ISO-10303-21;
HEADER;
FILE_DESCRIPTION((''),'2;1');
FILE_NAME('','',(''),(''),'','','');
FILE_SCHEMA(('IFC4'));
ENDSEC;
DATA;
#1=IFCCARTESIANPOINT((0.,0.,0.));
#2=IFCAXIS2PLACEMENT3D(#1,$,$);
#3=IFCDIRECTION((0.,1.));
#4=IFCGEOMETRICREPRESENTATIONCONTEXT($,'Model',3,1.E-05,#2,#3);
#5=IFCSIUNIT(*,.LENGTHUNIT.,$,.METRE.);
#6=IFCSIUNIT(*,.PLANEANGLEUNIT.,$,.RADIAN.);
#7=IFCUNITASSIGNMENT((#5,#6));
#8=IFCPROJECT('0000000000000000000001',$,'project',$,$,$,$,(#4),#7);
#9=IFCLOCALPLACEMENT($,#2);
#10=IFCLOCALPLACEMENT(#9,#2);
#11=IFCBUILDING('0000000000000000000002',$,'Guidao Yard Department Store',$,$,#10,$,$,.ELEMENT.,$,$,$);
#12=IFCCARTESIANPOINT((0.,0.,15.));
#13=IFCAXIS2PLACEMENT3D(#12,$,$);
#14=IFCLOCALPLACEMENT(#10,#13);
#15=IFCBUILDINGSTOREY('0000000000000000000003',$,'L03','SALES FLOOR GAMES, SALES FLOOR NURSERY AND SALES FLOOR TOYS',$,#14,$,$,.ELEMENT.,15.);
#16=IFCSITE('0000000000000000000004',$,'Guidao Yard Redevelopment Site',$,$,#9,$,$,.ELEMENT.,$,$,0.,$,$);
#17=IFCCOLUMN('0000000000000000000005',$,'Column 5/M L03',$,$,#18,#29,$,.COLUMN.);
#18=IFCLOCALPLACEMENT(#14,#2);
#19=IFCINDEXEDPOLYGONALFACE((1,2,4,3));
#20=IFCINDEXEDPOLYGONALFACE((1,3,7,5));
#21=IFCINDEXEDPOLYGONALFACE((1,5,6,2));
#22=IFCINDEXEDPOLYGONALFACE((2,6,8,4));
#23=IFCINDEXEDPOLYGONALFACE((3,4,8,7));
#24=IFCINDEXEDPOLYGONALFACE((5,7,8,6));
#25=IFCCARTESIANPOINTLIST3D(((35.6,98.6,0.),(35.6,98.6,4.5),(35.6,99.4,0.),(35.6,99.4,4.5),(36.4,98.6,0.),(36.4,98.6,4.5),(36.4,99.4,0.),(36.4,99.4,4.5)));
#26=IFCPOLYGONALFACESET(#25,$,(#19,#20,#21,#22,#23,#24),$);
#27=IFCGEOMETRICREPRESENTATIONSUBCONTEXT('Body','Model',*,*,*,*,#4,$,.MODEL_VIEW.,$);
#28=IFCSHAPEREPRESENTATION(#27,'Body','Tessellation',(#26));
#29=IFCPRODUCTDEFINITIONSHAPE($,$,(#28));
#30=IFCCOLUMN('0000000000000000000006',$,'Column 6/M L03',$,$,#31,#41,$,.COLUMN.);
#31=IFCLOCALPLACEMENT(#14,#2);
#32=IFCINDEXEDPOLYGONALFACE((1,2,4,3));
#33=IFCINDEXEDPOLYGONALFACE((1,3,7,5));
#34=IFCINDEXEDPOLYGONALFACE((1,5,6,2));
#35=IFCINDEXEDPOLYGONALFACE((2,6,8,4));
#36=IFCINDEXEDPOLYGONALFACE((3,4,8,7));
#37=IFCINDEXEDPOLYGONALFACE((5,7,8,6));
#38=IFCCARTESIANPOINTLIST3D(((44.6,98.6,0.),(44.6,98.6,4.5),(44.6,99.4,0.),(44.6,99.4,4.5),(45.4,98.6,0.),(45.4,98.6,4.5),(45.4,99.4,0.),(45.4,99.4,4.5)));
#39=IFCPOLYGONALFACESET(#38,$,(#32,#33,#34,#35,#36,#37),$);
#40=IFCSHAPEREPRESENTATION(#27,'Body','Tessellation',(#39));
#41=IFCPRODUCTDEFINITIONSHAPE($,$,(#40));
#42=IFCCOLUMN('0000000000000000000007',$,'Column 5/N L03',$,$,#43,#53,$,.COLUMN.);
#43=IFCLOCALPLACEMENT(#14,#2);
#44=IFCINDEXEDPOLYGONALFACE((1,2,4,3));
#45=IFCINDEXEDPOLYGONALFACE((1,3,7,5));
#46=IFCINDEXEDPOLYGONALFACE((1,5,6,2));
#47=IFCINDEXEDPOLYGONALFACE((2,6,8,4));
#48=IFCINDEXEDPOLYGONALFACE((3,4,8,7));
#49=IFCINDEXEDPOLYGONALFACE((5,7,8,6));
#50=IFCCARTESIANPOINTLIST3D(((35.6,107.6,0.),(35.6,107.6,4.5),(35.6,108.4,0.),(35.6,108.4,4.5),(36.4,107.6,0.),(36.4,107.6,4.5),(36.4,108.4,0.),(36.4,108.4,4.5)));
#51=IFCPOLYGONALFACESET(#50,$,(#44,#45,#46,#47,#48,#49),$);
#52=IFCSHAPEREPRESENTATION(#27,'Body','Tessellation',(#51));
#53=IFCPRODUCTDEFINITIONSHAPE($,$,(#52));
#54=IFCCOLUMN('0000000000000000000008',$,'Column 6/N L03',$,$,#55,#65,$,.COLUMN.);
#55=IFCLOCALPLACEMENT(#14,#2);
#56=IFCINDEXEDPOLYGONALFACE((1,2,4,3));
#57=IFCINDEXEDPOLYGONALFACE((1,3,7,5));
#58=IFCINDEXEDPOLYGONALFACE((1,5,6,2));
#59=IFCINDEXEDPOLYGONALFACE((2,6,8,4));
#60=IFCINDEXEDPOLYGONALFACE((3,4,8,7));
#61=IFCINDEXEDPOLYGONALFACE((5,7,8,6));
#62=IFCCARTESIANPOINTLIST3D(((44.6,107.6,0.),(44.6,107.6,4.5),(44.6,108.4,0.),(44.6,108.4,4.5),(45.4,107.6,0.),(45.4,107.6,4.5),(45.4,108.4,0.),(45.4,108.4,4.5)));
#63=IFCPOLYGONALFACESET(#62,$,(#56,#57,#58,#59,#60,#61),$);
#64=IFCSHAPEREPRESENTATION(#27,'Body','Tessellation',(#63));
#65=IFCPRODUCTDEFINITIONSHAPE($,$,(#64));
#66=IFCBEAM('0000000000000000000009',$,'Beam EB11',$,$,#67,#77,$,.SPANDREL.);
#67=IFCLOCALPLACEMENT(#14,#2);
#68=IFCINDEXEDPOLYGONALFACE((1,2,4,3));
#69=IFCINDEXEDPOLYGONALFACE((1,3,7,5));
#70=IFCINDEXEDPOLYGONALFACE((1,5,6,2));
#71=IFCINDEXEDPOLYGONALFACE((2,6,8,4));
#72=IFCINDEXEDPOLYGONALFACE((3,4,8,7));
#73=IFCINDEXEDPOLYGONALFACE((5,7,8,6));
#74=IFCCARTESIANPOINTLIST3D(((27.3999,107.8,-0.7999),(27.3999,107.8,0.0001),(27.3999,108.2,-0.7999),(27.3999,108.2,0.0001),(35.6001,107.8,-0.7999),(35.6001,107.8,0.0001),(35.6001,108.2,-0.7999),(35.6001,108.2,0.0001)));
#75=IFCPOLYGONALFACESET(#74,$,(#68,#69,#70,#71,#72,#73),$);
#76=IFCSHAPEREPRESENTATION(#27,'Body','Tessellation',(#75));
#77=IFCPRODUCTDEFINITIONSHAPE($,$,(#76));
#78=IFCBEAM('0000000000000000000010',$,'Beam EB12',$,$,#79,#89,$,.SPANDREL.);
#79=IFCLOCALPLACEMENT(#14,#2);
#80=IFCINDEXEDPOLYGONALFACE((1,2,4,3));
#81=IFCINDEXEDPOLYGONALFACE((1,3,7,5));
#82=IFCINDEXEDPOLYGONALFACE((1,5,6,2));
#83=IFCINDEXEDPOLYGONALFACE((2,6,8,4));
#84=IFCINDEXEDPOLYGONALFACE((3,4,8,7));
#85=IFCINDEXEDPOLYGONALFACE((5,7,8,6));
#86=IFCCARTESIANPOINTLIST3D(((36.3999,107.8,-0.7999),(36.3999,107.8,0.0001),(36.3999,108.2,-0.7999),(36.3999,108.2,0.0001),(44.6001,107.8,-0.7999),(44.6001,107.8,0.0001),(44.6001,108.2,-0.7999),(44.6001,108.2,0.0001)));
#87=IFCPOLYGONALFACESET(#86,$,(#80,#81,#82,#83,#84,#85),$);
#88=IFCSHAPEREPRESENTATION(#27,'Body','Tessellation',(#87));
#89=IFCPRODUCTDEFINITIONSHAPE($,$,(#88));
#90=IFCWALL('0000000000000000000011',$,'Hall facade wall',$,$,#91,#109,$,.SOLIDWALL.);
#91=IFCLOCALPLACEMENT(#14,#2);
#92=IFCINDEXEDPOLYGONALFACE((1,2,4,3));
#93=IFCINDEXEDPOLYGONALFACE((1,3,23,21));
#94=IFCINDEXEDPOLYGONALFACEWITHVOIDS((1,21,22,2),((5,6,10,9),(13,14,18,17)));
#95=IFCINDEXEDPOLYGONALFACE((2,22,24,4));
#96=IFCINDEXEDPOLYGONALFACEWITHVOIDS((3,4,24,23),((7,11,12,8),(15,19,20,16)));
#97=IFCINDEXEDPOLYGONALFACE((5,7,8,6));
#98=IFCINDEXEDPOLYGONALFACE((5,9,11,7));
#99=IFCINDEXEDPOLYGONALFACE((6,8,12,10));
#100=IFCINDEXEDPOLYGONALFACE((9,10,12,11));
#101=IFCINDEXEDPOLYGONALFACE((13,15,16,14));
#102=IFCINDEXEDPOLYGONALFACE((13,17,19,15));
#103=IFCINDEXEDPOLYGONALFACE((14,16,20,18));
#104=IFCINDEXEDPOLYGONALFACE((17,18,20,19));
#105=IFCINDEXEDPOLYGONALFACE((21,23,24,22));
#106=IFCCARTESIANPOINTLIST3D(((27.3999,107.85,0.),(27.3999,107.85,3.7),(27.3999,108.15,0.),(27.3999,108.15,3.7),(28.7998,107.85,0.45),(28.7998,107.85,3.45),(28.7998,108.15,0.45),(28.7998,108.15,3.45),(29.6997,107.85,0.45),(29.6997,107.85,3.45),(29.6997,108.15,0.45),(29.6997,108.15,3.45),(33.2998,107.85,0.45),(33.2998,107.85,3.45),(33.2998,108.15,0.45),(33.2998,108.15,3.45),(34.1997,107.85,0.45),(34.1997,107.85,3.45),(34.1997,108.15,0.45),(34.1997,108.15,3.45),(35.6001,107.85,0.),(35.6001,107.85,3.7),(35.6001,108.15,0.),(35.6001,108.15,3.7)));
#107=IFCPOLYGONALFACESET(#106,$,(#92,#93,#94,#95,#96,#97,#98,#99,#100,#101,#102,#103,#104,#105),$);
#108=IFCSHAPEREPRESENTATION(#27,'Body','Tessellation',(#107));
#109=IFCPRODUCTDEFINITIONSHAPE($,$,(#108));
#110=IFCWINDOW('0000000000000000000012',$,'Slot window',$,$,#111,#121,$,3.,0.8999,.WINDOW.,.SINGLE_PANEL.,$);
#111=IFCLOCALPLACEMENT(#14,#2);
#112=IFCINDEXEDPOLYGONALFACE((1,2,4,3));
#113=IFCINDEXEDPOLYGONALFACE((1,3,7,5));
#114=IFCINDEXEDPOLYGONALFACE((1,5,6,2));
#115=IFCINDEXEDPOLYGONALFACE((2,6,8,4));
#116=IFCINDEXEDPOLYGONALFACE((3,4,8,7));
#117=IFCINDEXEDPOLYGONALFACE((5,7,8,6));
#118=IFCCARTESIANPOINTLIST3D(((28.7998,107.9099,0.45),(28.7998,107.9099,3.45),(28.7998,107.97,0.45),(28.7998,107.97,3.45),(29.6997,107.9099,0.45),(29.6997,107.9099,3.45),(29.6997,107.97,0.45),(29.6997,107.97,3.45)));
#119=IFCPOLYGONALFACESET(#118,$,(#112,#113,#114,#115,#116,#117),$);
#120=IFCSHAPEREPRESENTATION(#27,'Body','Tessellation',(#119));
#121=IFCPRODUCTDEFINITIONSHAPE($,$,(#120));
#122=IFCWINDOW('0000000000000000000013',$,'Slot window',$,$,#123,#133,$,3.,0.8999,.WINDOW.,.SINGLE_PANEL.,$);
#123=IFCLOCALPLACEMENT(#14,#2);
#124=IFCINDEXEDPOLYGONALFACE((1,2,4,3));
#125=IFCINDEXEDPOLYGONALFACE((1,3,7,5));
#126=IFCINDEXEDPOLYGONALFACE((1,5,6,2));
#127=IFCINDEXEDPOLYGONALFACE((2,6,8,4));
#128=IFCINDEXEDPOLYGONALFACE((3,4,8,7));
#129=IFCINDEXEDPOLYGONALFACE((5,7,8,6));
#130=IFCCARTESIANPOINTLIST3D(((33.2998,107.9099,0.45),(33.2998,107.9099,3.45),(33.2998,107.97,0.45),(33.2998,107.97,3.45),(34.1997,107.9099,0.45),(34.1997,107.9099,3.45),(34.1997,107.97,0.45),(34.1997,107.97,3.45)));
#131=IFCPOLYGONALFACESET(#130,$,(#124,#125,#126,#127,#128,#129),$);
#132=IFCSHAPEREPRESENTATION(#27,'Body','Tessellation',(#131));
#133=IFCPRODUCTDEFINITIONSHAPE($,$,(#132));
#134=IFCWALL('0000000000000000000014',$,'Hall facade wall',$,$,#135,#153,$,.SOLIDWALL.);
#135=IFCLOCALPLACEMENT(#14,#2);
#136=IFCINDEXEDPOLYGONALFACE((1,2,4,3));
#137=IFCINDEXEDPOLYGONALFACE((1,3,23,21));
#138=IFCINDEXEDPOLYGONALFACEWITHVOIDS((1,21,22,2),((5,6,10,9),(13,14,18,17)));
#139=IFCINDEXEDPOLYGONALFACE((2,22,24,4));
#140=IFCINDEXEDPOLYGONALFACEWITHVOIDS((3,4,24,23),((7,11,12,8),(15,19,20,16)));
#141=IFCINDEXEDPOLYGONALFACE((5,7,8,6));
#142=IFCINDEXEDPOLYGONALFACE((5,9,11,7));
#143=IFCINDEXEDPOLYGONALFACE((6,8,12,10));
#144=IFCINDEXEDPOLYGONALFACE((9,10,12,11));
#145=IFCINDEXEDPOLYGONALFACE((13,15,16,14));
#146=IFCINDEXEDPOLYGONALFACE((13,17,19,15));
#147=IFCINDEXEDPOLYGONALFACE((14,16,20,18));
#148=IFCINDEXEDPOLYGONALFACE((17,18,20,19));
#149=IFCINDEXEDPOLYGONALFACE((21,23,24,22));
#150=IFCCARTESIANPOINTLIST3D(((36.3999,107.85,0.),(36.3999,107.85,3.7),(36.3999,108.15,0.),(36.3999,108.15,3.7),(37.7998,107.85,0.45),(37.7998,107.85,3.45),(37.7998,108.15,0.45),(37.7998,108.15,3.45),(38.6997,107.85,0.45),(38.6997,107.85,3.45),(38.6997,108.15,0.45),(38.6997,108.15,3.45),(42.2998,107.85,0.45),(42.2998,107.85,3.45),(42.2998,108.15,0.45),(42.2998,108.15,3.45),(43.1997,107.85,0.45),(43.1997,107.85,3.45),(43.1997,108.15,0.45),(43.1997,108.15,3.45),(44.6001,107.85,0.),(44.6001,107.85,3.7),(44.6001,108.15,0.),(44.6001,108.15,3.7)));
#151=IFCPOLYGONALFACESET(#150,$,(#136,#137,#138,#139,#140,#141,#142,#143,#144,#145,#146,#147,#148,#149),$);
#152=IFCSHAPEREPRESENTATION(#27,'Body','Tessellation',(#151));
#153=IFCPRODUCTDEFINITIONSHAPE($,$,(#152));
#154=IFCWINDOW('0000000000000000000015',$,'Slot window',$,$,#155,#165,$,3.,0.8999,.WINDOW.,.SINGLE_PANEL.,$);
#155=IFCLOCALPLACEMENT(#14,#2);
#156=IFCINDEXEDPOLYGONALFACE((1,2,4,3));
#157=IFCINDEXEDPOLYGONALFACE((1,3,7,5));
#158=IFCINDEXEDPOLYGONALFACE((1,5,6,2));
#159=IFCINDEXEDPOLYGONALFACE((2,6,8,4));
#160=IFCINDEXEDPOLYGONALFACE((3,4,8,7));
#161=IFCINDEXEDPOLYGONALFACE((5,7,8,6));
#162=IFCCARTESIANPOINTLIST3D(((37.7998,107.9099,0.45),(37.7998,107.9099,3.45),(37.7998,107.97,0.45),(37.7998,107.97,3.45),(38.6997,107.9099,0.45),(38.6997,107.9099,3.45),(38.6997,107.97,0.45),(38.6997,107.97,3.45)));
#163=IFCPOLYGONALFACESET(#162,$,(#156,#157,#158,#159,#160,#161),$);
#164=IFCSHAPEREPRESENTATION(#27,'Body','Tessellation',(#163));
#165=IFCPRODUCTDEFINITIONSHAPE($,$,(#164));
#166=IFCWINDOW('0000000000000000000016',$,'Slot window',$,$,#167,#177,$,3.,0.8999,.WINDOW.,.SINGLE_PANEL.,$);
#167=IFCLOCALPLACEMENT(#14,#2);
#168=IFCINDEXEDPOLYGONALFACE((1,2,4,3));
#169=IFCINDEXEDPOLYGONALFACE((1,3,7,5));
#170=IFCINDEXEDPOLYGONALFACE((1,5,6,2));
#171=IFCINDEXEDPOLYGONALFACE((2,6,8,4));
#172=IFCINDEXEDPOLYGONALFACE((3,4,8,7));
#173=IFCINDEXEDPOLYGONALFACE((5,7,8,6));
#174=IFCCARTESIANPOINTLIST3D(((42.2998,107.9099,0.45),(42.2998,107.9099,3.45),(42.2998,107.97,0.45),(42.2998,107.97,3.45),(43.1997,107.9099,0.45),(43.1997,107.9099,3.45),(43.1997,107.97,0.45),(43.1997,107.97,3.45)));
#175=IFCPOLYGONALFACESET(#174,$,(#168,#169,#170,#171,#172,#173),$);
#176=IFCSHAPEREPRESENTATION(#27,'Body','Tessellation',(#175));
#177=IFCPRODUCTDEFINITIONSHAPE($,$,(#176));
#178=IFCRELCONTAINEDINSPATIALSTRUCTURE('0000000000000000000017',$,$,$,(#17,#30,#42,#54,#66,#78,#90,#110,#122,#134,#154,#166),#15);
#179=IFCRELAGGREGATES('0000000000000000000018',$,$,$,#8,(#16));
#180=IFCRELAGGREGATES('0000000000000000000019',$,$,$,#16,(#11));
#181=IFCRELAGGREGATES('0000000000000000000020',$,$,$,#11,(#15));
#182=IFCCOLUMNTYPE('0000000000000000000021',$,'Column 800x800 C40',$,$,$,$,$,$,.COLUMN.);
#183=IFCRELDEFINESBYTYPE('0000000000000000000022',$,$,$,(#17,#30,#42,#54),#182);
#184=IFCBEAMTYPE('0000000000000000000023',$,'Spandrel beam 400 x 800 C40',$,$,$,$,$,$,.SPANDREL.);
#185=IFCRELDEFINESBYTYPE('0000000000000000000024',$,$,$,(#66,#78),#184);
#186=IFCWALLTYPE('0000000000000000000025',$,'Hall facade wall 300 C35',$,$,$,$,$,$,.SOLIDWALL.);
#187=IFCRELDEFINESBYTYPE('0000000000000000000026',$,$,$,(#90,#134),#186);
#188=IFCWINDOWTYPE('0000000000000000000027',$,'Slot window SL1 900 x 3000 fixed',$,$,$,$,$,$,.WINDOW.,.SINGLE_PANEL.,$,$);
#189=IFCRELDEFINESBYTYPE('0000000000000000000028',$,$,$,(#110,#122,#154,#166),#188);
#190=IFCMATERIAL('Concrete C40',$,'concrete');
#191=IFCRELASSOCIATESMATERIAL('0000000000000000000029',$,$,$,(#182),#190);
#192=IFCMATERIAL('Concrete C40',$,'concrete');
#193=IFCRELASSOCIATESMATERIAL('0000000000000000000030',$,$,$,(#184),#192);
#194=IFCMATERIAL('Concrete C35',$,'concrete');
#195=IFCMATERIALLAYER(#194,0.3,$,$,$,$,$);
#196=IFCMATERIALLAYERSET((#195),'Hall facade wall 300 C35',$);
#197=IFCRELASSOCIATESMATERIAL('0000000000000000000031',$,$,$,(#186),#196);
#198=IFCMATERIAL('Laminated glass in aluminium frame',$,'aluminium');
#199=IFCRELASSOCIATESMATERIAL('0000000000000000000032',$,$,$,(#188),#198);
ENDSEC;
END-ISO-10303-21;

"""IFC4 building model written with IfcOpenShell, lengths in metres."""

from ifc_helpers import new_model, si_unit, direction, frame, frame_2d, origin, origin_2d, place, context, subcontext, project, spatial, rectangle, extrude, material, layer, layer_set, material_profile, profile_set, type_object, element, fill, save


model = new_model("IFC4")

# Units and contexts
model_context = context("Model", 3, precision=1e-05, world=origin(), true_north=direction((0.0, 1.0)))
body_context = subcontext(model_context, "Body", "Model", "MODEL_VIEW")
ifc_project = project(units=[si_unit("LENGTHUNIT", "METRE"), si_unit("PLANEANGLEUNIT", "RADIAN")], contexts=[model_context])

# Site, building, storey
site_placement = place(None, origin())
site = spatial("IfcSite", under=ifc_project, at=site_placement, Name="Guidao Yard Redevelopment Site", CompositionType="ELEMENT", RefElevation=0.0)
building_placement = place(site_placement, origin())
building = spatial("IfcBuilding", under=site, at=building_placement, Name="Guidao Yard Department Store", CompositionType="ELEMENT")
storey_placement = place(building_placement, frame((0.0, 0.0, 15.0)))
storey = spatial("IfcBuildingStorey", under=building, at=storey_placement, Name="L03", Description="SALES FLOOR GAMES, SALES FLOOR NURSERY AND SALES FLOOR TOYS", CompositionType="ELEMENT", Elevation=15.0)

# Columns
ifc_material_1 = material(Name="Concrete C40", Category="concrete")
ifc_material_profile_1 = material_profile(ifc_material_1, rectangle(XDim=0.8, YDim=0.8, at=origin_2d()), Name="COL 800x800")
ifc_profile_set_1 = profile_set([ifc_material_profile_1], Name="Concrete C40")
column_type = type_object("IfcColumnType", Name="Column 800x800 C40", PredefinedType="COLUMN", material=ifc_profile_set_1)
for number, where, z_axis, x_axis, name in (
    (1, (36.0, 99.0, 0.0), (0.0, 0.0, 1.0), (1.0, 0.0, 0.0), "Column 5/M L03"),
    (2, (45.0, 99.0, 0.0), (0.0, 0.0, 1.0), (1.0, 0.0, 0.0), "Column 6/M L03"),
    (3, (36.0, 108.0, 0.0), (0.0, 0.0, 1.0), (1.0, 0.0, 0.0), "Column 5/N L03"),
    (4, (45.0, 108.0, 0.0), (0.0, 0.0, 1.0), (1.0, 0.0, 0.0), "Column 6/N L03"),
):
    element("IfcColumn", number, at=place(storey_placement, frame(where, z_axis=z_axis, x_axis=x_axis)), inside=storey, type_object=column_type, Name=name, PredefinedType="COLUMN", context=body_context, shape_type="SweptSolid", body=[
        extrude(rectangle(XDim=0.8, YDim=0.8, at=origin_2d()), origin(), (0.0, 0.0, 1.0), 4.5),
    ])

# Beams
ifc_material_2 = material(Name="Concrete C40", Category="concrete")
ifc_material_profile_2 = material_profile(ifc_material_2, rectangle(XDim=0.3999, YDim=0.8, at=origin_2d()), Name="Spandrel beam 400 x 800 C40")
ifc_profile_set_2 = profile_set([ifc_material_profile_2], Name="Concrete C40")
beam_type = type_object("IfcBeamType", Name="Spandrel beam 400 x 800 C40", PredefinedType="SPANDREL", material=ifc_profile_set_2)
for number, where, z_axis, x_axis, name in (
    (5, (27.3999, 108.0, -0.3999), (1.0, 0.0, 0.0), (0.0, 1.0, 0.0), "Beam EB11"),
    (6, (36.3999, 108.0, -0.3999), (1.0, 0.0, 0.0), (0.0, 1.0, 0.0), "Beam EB12"),
):
    element("IfcBeam", number, at=place(storey_placement, frame(where, z_axis=z_axis, x_axis=x_axis)), inside=storey, type_object=beam_type, Name=name, PredefinedType="SPANDREL", context=body_context, shape_type="SweptSolid", body=[
        extrude(rectangle(XDim=0.3999, YDim=0.8, at=origin_2d()), origin(), (0.0, 0.0, 1.0), 8.2002),
    ])

# Walls, openings, windows
ifc_material_3 = material(Name="Concrete C35", Category="concrete")
ifc_layer_1 = layer(ifc_material_3, 0.3)
ifc_layer_set_1 = layer_set([ifc_layer_1], Name="Hall facade wall 300 C35")
wall_type_1 = type_object("IfcWallType", Name="Hall facade wall 300 C35", PredefinedType="SOLIDWALL", material=ifc_layer_set_1)
wall_1_placement = place(storey_placement, frame((27.3999, 108.0, 0.0), z_axis=(0.0, 0.0, 1.0), x_axis=(1.0, 0.0, 0.0)))
wall_1 = element("IfcWall", 7, at=wall_1_placement, inside=storey, type_object=wall_type_1, Name="Hall facade wall", PredefinedType="SOLIDWALL", context=body_context, shape_type="SweptSolid", body=[
    extrude(rectangle(XDim=8.2002, YDim=0.3, at=frame_2d((4.1001, 0.0))), origin(), (0.0, 0.0, 1.0), 3.7),
])
opening_1_placement = place(wall_1_placement, frame((1.3999, 0.0, 0.45)))
opening_1 = element("IfcOpeningElement", 8, at=opening_1_placement, cuts=wall_1, PredefinedType="OPENING", context=body_context, shape_type="SweptSolid", body=[
    extrude(rectangle(XDim=0.8999, YDim=3.0, at=frame_2d((0.45, 1.5))), frame((0.0, 0.1599, 0.0), z_axis=(0.0, -1.0, 0.0), x_axis=(1.0, 0.0, 0.0)), (0.0, 0.0, 1.0), 0.3201),
])
opening_2_placement = place(wall_1_placement, frame((5.8999, 0.0, 0.45)))
opening_2 = element("IfcOpeningElement", 9, at=opening_2_placement, cuts=wall_1, PredefinedType="OPENING", context=body_context, shape_type="SweptSolid", body=[
    extrude(rectangle(XDim=0.8999, YDim=3.0, at=frame_2d((0.45, 1.5))), frame((0.0, 0.1599, 0.0), z_axis=(0.0, -1.0, 0.0), x_axis=(1.0, 0.0, 0.0)), (0.0, 0.0, 1.0), 0.3201),
])
ifc_material_4 = material(Name="Laminated glass in aluminium frame", Category="aluminium")
window_type = type_object("IfcWindowType", Name="Slot window SL1 900 x 3000 fixed", PartitioningType="SINGLE_PANEL", PredefinedType="WINDOW", material=ifc_material_4)
window_1_placement = place(opening_1_placement, origin())
window_1 = element("IfcWindow", 10, at=window_1_placement, inside=storey, type_object=window_type, Name="Slot window", OverallHeight=3.0, OverallWidth=0.8999, PartitioningType="SINGLE_PANEL", PredefinedType="WINDOW", context=body_context, shape_type="SweptSolid", body=[
    extrude(rectangle(XDim=0.8999, YDim=3.0, at=frame_2d((0.45, 1.5))), frame((0.0, -0.03, 0.0), z_axis=(0.0, -1.0, 0.0), x_axis=(1.0, 0.0, 0.0)), (0.0, 0.0, 1.0), 0.0601),
])
fill(opening_1, window_1)
window_2_placement = place(opening_2_placement, origin())
window_2 = element("IfcWindow", 11, at=window_2_placement, inside=storey, type_object=window_type, Name="Slot window", OverallHeight=3.0, OverallWidth=0.8999, PartitioningType="SINGLE_PANEL", PredefinedType="WINDOW", context=body_context, shape_type="SweptSolid", body=[
    extrude(rectangle(XDim=0.8999, YDim=3.0, at=frame_2d((0.45, 1.5))), frame((0.0, -0.03, 0.0), z_axis=(0.0, -1.0, 0.0), x_axis=(1.0, 0.0, 0.0)), (0.0, 0.0, 1.0), 0.0601),
])
fill(opening_2, window_2)
wall_2_placement = place(storey_placement, frame((36.3999, 108.0, 0.0), z_axis=(0.0, 0.0, 1.0), x_axis=(1.0, 0.0, 0.0)))
wall_2 = element("IfcWall", 12, at=wall_2_placement, inside=storey, type_object=wall_type_1, Name="Hall facade wall", PredefinedType="SOLIDWALL", context=body_context, shape_type="SweptSolid", body=[
    extrude(rectangle(XDim=8.2002, YDim=0.3, at=frame_2d((4.1001, 0.0))), origin(), (0.0, 0.0, 1.0), 3.7),
])
opening_3_placement = place(wall_2_placement, frame((1.3999, 0.0, 0.45)))
opening_3 = element("IfcOpeningElement", 13, at=opening_3_placement, cuts=wall_2, PredefinedType="OPENING", context=body_context, shape_type="SweptSolid", body=[
    extrude(rectangle(XDim=0.8999, YDim=3.0, at=frame_2d((0.45, 1.5))), frame((0.0, 0.1599, 0.0), z_axis=(0.0, -1.0, 0.0), x_axis=(1.0, 0.0, 0.0)), (0.0, 0.0, 1.0), 0.3201),
])
opening_4_placement = place(wall_2_placement, frame((5.8999, 0.0, 0.45)))
opening_4 = element("IfcOpeningElement", 14, at=opening_4_placement, cuts=wall_2, PredefinedType="OPENING", context=body_context, shape_type="SweptSolid", body=[
    extrude(rectangle(XDim=0.8999, YDim=3.0, at=frame_2d((0.45, 1.5))), frame((0.0, 0.1599, 0.0), z_axis=(0.0, -1.0, 0.0), x_axis=(1.0, 0.0, 0.0)), (0.0, 0.0, 1.0), 0.3201),
])
window_3_placement = place(opening_3_placement, origin())
window_3 = element("IfcWindow", 15, at=window_3_placement, inside=storey, type_object=window_type, Name="Slot window", OverallHeight=3.0, OverallWidth=0.8999, PartitioningType="SINGLE_PANEL", PredefinedType="WINDOW", context=body_context, shape_type="SweptSolid", body=[
    extrude(rectangle(XDim=0.8999, YDim=3.0, at=frame_2d((0.45, 1.5))), frame((0.0, -0.03, 0.0), z_axis=(0.0, -1.0, 0.0), x_axis=(1.0, 0.0, 0.0)), (0.0, 0.0, 1.0), 0.0601),
])
fill(opening_3, window_3)
window_4_placement = place(opening_4_placement, origin())
window_4 = element("IfcWindow", 16, at=window_4_placement, inside=storey, type_object=window_type, Name="Slot window", OverallHeight=3.0, OverallWidth=0.8999, PartitioningType="SINGLE_PANEL", PredefinedType="WINDOW", context=body_context, shape_type="SweptSolid", body=[
    extrude(rectangle(XDim=0.8999, YDim=3.0, at=frame_2d((0.45, 1.5))), frame((0.0, -0.03, 0.0), z_axis=(0.0, -1.0, 0.0), x_axis=(1.0, 0.0, 0.0)), (0.0, 0.0, 1.0), 0.0601),
])
fill(opening_4, window_4)

save(model, "model.ifc")
